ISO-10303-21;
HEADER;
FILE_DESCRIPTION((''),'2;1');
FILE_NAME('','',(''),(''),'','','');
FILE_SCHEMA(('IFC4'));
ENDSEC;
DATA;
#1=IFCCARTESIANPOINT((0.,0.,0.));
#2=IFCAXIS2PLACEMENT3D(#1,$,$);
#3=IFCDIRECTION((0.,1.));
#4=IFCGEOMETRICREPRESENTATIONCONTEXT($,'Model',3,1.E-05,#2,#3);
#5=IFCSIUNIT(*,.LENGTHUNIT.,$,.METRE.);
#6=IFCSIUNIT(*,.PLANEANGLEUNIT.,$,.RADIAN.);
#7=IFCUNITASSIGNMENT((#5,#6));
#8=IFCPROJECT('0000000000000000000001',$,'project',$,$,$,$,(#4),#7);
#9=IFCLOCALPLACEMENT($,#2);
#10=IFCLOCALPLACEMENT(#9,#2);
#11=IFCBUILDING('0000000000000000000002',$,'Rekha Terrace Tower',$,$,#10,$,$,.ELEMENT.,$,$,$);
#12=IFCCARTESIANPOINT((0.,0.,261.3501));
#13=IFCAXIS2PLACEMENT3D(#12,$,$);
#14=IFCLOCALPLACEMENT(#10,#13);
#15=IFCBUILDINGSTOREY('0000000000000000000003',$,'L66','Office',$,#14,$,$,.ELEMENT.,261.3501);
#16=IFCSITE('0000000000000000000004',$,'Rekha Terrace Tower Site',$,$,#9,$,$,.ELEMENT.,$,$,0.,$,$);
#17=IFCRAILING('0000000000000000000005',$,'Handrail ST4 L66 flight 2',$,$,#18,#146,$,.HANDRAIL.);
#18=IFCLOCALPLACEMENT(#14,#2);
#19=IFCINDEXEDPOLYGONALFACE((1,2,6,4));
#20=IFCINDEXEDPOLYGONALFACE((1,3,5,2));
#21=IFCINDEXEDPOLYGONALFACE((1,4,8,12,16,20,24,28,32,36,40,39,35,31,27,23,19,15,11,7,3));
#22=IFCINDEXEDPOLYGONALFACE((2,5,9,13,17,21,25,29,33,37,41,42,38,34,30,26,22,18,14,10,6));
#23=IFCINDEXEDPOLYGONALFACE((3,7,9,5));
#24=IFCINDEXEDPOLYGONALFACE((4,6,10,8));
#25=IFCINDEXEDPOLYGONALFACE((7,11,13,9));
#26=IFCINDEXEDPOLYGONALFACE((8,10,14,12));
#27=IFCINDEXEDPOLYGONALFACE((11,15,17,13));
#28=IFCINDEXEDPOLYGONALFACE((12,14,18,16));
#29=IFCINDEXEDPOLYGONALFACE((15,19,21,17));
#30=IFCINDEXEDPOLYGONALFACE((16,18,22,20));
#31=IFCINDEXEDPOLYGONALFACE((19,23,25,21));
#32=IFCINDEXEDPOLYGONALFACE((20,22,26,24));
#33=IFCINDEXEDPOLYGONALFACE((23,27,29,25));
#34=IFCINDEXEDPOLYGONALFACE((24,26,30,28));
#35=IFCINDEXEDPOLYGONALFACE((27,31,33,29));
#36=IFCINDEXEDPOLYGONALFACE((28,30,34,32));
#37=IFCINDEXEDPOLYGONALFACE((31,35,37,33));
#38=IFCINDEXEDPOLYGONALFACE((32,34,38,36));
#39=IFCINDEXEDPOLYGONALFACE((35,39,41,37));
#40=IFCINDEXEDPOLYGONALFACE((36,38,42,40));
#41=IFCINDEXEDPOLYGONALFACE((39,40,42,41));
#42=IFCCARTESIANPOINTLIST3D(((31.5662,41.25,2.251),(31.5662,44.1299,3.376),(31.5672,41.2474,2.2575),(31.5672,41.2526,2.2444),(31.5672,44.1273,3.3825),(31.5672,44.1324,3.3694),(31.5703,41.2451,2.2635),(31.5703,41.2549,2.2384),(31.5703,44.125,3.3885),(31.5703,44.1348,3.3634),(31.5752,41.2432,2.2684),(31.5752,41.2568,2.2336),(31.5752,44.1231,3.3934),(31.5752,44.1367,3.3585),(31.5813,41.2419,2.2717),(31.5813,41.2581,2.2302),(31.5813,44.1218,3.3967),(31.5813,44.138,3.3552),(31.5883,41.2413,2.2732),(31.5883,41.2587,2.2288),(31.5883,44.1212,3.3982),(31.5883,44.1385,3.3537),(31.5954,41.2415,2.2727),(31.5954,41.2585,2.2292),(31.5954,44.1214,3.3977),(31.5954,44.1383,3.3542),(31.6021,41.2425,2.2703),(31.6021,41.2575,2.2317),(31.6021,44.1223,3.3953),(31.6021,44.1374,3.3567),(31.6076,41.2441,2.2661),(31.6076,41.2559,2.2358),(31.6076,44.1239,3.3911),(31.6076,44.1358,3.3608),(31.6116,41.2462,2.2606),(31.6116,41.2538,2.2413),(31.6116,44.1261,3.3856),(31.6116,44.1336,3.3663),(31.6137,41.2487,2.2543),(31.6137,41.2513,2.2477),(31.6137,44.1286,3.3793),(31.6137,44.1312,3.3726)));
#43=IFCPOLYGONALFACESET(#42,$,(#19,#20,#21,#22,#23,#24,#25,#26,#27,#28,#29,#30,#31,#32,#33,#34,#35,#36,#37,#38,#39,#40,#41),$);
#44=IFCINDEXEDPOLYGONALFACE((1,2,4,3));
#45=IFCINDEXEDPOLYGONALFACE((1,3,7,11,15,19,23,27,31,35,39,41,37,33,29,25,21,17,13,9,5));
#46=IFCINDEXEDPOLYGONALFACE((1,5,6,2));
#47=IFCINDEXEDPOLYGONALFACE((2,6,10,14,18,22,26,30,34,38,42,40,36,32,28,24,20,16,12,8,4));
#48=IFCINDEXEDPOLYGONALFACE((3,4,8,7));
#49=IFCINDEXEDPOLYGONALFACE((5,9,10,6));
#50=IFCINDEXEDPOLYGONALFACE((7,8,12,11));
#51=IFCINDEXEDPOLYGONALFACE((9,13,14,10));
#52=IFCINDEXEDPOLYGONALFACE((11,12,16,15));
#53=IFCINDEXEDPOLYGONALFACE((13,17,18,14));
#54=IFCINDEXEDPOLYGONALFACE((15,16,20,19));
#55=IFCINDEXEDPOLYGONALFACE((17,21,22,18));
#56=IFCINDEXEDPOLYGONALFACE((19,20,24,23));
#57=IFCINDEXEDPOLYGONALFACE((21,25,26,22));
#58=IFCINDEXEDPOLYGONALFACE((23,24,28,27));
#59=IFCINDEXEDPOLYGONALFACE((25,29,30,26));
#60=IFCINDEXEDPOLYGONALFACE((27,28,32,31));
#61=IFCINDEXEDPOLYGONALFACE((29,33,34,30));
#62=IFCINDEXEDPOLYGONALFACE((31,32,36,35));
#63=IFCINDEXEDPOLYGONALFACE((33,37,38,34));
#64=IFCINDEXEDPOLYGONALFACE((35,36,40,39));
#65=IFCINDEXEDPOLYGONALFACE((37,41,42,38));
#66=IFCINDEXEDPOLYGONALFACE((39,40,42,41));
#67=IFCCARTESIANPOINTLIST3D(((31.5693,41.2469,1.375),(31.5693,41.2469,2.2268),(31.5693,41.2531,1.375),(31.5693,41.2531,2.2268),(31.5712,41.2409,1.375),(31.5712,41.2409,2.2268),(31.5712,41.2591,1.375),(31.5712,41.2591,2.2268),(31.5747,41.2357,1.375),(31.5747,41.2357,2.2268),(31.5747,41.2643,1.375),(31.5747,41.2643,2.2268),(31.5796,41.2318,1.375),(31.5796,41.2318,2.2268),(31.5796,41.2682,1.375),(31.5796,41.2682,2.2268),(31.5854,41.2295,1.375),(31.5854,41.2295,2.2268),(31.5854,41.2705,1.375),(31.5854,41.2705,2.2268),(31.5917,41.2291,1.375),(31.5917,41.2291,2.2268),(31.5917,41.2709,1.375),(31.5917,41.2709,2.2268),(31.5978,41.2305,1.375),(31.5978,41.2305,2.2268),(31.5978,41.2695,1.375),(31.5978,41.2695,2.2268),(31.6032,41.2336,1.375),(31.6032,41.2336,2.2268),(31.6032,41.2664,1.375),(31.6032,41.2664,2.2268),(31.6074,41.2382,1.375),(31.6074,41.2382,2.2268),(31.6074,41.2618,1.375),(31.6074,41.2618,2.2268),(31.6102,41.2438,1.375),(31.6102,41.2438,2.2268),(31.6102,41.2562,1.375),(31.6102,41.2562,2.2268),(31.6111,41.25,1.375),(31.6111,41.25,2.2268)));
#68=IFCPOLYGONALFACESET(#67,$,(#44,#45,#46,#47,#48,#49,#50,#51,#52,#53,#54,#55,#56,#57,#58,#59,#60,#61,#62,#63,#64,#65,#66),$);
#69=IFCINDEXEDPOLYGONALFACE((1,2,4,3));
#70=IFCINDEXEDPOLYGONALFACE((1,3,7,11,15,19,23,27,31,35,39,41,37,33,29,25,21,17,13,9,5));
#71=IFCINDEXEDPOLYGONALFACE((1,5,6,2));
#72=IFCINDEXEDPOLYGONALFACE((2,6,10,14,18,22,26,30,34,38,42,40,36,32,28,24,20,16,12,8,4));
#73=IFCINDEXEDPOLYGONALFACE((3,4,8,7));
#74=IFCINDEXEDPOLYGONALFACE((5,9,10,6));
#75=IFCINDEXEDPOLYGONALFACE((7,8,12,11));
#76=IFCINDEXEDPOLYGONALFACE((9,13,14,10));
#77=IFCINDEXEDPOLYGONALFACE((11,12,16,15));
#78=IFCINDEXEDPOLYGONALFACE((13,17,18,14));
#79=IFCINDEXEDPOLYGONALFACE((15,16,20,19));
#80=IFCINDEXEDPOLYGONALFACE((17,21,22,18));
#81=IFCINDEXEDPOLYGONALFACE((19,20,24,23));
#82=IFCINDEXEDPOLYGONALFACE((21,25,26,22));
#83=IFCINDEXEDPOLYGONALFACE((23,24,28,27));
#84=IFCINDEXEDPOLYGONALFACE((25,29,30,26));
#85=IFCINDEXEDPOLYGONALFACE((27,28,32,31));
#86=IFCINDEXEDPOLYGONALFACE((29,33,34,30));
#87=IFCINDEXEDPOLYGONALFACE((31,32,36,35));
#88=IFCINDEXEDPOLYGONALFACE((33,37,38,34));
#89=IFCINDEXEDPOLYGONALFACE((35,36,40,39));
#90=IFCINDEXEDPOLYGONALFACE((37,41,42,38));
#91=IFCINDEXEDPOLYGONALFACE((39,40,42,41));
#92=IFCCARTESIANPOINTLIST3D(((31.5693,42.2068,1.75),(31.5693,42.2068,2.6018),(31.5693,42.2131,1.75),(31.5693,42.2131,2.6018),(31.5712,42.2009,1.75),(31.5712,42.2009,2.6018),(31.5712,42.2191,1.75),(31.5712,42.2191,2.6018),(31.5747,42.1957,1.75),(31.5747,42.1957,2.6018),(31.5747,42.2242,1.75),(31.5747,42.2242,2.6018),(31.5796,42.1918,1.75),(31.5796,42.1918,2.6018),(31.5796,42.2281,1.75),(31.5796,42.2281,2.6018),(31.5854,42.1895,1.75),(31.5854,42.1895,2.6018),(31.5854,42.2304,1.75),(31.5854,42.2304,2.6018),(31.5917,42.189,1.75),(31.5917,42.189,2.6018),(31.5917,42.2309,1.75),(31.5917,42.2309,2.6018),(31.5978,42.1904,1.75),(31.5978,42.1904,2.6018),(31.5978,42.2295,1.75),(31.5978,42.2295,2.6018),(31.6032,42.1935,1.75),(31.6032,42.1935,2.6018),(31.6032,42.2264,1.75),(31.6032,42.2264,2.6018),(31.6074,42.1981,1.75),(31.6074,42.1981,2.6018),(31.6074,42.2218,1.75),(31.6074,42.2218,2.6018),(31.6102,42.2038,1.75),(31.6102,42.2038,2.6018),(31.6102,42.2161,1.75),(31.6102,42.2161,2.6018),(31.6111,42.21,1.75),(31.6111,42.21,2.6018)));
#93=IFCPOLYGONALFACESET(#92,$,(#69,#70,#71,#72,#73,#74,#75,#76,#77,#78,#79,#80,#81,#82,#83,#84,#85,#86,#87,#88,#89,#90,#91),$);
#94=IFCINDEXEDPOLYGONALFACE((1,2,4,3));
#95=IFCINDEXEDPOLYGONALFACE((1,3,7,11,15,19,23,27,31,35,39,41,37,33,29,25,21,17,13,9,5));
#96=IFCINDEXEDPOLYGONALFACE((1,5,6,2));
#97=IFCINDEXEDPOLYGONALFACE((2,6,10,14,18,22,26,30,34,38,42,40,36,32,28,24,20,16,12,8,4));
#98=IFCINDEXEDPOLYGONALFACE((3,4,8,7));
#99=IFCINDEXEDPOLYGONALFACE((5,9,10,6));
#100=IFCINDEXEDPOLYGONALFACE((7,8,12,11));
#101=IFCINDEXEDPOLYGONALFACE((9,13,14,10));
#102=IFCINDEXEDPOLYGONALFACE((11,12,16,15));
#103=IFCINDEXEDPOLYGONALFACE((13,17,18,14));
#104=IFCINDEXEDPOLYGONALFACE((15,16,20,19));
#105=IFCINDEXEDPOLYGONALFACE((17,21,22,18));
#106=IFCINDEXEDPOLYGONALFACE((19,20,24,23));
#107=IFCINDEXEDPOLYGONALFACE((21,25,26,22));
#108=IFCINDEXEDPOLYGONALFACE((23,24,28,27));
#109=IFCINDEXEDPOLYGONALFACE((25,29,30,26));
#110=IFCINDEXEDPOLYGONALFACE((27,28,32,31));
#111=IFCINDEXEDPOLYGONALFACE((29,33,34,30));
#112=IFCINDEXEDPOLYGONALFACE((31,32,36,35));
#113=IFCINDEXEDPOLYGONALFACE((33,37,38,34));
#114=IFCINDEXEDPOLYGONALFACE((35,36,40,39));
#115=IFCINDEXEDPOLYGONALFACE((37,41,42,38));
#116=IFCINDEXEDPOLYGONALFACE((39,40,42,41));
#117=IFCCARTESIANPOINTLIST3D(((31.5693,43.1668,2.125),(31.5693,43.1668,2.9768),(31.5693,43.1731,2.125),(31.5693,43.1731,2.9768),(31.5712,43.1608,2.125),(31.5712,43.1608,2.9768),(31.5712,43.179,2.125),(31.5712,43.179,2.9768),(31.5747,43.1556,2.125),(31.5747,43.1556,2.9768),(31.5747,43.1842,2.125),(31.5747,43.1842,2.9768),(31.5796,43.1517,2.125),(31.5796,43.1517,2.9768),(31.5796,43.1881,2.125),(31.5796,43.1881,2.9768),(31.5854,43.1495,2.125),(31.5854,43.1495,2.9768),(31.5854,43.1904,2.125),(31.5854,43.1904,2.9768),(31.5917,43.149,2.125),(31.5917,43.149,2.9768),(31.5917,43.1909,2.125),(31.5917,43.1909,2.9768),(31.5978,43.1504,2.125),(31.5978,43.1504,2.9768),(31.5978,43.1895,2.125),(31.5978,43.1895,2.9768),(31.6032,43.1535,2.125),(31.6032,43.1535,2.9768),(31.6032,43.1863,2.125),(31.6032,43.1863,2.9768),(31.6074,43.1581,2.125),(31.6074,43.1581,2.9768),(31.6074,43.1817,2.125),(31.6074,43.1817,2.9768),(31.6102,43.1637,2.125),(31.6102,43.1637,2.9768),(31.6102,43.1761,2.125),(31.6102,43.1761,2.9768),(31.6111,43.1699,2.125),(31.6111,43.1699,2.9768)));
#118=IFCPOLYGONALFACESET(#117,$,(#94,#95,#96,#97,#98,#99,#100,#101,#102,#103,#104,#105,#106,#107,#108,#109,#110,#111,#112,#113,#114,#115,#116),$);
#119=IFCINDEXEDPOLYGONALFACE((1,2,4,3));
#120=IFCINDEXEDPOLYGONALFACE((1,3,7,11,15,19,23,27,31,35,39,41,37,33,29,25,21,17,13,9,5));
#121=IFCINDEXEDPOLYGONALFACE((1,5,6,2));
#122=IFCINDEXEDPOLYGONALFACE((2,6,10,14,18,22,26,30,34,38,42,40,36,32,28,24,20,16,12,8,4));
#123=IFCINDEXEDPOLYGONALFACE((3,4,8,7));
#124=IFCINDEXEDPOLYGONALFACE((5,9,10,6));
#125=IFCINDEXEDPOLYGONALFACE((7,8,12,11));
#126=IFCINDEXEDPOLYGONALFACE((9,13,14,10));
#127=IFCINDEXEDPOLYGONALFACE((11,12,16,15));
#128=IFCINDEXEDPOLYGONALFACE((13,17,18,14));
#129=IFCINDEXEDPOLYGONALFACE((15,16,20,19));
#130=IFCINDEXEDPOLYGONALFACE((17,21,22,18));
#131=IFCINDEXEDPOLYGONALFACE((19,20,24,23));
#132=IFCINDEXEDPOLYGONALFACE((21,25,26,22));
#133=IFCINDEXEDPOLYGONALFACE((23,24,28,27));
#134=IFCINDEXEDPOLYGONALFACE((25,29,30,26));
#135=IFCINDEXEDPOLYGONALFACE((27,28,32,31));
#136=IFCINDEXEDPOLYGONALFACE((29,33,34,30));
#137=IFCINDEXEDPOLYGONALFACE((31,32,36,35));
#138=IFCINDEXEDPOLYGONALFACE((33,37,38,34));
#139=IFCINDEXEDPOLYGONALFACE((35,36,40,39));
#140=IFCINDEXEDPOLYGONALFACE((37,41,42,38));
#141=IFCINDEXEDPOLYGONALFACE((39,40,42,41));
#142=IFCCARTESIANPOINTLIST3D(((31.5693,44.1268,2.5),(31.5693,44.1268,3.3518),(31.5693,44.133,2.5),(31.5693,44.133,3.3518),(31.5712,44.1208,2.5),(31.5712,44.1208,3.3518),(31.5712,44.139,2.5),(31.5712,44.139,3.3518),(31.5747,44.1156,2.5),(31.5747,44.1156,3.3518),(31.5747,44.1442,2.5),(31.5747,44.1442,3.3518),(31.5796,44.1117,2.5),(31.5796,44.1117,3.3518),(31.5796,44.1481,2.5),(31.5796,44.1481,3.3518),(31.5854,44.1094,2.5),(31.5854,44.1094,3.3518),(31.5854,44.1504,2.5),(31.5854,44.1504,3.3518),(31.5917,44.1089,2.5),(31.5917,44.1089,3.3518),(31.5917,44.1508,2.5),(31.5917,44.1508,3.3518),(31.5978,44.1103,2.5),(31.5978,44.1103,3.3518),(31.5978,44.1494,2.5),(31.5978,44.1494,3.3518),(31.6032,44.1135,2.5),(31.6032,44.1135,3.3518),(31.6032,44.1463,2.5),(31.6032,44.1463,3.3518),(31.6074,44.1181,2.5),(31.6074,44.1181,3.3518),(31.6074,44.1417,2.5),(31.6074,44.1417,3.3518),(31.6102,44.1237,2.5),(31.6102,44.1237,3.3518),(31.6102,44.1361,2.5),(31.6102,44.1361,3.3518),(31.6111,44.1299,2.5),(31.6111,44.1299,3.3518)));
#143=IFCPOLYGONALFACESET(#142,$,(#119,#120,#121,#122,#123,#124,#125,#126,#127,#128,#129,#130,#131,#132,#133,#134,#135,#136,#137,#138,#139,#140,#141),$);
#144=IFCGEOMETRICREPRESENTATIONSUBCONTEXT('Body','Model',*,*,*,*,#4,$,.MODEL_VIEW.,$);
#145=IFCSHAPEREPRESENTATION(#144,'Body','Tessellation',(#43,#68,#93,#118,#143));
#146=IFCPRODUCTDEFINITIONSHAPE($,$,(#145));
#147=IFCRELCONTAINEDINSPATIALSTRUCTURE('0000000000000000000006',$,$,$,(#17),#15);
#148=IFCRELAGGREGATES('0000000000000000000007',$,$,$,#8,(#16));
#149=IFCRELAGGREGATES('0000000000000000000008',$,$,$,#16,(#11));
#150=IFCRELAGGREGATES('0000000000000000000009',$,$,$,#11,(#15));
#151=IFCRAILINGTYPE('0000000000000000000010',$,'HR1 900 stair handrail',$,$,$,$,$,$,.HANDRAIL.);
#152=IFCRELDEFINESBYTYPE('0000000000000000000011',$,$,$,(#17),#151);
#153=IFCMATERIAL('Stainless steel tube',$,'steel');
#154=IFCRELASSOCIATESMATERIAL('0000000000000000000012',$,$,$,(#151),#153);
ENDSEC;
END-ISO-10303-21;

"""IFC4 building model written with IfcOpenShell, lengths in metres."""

from ifc_helpers import new_model, si_unit, direction, frame, origin, origin_2d, place, context, subcontext, project, spatial, circle, extrude, material, type_object, element, save


model = new_model("IFC4")

# Units and contexts
model_context = context("Model", 3, precision=1e-05, world=origin(), true_north=direction((0.0, 1.0)))
body_context = subcontext(model_context, "Body", "Model", "MODEL_VIEW")
ifc_project = project(units=[si_unit("LENGTHUNIT", "METRE"), si_unit("PLANEANGLEUNIT", "RADIAN")], contexts=[model_context])

# Site, building, storey
site_placement = place(None, origin())
site = spatial("IfcSite", under=ifc_project, at=site_placement, Name="Rekha Terrace Tower Site", CompositionType="ELEMENT", RefElevation=0.0)
building_placement = place(site_placement, origin())
building = spatial("IfcBuilding", under=site, at=building_placement, Name="Rekha Terrace Tower", CompositionType="ELEMENT")
storey_placement = place(building_placement, frame((0.0, 0.0, 261.3501)))
storey = spatial("IfcBuildingStorey", under=building, at=storey_placement, Name="L66", Description="Office", CompositionType="ELEMENT", Elevation=261.3501)

# Railing
ifc_material_1 = material(Name="Stainless steel tube", Category="steel")
railing_type_1 = type_object("IfcRailingType", Name="HR1 900 stair handrail", PredefinedType="HANDRAIL", material=ifc_material_1)
for number, where, name in (
    (1, (31.5901, 41.25, 1.375), "Handrail ST4 L66 flight 2"),
):
    element("IfcRailing", number, at=place(storey_placement, frame(where)), inside=storey, type_object=railing_type_1, Name=name, PredefinedType="HANDRAIL", context=body_context, shape_type="SweptSolid", body=[
        extrude(circle(Radius=0.0239, at=origin_2d()), frame((0.0, 0.0, 0.876), z_axis=(0.0, 0.931452, 0.363863), x_axis=(-1.0, 0.0, 0.0)), (0.0, 0.0, 1.0), 3.0918),
        extrude(circle(Radius=0.021, at=origin_2d()), origin(), (0.0, 0.0, 1.0), 0.8518),
        extrude(circle(Radius=0.021, at=origin_2d()), frame((0.0, 0.96, 0.375)), (0.0, 0.0, 1.0), 0.8518),
        extrude(circle(Radius=0.021, at=origin_2d()), frame((0.0, 1.9199, 0.75)), (0.0, 0.0, 1.0), 0.8518),
        extrude(circle(Radius=0.021, at=origin_2d()), frame((0.0, 2.8799, 1.125)), (0.0, 0.0, 1.0), 0.8518),
    ])

save(model, "model.ifc")
